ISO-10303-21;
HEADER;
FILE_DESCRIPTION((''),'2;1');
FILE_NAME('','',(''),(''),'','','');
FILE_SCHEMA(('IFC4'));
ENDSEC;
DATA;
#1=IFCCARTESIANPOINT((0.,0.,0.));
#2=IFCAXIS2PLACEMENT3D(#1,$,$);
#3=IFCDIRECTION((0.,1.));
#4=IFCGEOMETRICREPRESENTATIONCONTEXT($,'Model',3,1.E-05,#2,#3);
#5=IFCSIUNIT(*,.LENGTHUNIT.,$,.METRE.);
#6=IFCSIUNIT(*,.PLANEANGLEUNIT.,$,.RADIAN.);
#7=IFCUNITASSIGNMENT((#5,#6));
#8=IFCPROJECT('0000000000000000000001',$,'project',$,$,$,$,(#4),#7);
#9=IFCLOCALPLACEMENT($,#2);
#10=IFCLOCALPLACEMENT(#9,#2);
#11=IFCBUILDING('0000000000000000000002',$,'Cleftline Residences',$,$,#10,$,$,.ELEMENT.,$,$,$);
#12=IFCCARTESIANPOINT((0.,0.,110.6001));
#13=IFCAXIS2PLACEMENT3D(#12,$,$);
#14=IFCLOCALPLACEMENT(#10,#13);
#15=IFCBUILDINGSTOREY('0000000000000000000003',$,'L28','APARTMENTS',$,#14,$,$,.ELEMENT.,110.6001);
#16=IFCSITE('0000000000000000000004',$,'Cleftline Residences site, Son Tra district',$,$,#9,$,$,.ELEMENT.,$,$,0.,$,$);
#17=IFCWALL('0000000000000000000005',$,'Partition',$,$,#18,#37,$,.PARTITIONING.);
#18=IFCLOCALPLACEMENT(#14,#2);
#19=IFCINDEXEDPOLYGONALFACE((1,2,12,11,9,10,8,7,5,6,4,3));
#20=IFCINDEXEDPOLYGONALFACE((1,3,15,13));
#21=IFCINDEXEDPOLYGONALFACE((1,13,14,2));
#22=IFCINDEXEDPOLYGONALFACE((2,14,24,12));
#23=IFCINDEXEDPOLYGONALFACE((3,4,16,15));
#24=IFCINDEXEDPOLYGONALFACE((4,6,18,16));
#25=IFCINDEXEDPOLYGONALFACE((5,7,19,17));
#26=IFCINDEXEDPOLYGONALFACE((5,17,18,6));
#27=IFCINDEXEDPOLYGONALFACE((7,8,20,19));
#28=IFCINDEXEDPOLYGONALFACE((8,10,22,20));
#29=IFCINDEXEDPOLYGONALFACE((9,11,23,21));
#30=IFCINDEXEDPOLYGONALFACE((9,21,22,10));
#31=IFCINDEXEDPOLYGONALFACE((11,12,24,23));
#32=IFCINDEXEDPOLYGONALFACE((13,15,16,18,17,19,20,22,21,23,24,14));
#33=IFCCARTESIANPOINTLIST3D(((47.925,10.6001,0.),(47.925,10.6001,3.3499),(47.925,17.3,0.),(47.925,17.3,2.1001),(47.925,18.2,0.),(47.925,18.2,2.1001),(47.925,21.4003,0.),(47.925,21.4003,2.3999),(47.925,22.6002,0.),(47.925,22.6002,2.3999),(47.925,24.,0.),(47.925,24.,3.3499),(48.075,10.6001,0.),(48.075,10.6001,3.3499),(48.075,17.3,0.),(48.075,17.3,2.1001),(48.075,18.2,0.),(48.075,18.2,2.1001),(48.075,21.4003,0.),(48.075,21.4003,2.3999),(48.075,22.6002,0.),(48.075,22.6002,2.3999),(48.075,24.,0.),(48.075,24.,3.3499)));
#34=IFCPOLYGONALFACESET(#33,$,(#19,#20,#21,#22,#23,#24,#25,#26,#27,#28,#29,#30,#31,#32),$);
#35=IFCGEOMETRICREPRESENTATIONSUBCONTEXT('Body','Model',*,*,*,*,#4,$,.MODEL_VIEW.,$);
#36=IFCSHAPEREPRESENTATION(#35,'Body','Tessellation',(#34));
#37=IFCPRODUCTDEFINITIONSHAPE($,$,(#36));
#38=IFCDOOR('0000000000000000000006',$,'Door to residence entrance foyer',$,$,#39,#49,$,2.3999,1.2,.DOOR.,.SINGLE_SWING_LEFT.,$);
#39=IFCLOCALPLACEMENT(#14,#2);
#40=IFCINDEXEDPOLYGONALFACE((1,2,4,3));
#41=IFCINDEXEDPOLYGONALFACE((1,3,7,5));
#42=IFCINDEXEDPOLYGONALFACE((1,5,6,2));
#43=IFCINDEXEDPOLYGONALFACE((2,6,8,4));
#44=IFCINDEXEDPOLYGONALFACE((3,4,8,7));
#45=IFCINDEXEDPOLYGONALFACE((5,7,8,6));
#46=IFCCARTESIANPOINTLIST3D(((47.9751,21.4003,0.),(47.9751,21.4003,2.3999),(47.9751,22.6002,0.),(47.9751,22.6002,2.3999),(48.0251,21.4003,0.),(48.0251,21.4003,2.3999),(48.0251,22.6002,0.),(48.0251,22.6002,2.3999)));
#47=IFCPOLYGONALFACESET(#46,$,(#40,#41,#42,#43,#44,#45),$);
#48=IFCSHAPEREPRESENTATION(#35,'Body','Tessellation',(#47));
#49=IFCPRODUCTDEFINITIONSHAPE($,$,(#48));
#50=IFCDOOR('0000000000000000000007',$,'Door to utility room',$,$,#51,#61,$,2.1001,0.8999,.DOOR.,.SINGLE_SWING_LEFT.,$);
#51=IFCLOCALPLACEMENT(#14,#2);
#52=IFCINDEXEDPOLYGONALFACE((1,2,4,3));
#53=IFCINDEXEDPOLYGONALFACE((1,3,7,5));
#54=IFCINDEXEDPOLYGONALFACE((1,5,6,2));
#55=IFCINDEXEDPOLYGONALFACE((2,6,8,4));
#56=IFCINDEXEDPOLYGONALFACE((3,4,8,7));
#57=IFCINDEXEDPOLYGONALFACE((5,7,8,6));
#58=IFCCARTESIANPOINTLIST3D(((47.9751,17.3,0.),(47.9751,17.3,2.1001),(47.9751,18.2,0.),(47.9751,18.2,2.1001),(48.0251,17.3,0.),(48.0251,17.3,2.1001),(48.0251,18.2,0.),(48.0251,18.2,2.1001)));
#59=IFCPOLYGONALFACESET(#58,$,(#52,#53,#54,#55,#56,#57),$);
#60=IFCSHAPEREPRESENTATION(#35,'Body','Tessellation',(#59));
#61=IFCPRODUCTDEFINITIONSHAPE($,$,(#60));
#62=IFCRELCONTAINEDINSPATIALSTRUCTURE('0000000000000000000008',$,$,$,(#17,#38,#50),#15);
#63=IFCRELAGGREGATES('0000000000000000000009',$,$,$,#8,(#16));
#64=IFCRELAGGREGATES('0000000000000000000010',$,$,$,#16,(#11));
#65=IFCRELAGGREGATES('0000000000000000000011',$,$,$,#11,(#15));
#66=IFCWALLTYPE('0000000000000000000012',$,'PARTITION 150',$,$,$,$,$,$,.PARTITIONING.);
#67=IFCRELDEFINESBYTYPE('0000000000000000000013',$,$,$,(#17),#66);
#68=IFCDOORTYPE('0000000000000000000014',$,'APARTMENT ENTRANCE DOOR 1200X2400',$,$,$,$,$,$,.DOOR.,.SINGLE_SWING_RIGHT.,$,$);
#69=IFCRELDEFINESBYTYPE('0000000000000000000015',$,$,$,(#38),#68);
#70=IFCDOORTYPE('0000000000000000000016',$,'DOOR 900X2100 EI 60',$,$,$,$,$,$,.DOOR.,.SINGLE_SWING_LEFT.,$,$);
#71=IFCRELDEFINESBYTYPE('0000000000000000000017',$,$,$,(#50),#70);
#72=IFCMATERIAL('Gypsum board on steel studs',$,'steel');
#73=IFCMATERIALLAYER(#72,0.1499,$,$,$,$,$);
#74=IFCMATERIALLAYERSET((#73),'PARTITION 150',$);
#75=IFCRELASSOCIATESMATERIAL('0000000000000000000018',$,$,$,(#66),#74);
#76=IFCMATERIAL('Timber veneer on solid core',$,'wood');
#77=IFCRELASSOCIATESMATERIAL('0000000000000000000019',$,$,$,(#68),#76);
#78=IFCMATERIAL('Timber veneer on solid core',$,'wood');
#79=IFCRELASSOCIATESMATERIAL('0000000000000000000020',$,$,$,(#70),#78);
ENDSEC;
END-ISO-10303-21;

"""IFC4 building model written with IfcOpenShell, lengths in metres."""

from ifc_helpers import new_model, si_unit, direction, frame, frame_2d, origin, place, context, subcontext, project, spatial, rectangle, extrude, material, layer, layer_set, type_object, element, fill, save


model = new_model("IFC4")

# Units and contexts
model_context = context("Model", 3, precision=1e-05, world=origin(), true_north=direction((0.0, 1.0)))
body_context = subcontext(model_context, "Body", "Model", "MODEL_VIEW")
ifc_project = project(units=[si_unit("LENGTHUNIT", "METRE"), si_unit("PLANEANGLEUNIT", "RADIAN")], contexts=[model_context])

# Site, building, storey
site_placement = place(None, origin())
site = spatial("IfcSite", under=ifc_project, at=site_placement, Name="Cleftline Residences site, Son Tra district", CompositionType="ELEMENT", RefElevation=0.0)
building_placement = place(site_placement, origin())
building = spatial("IfcBuilding", under=site, at=building_placement, Name="Cleftline Residences", CompositionType="ELEMENT")
storey_placement = place(building_placement, frame((0.0, 0.0, 110.6001)))
storey = spatial("IfcBuildingStorey", under=building, at=storey_placement, Name="L28", Description="APARTMENTS", CompositionType="ELEMENT", Elevation=110.6001)

# Shared definitions
ifc_material_1 = material(Name="Gypsum board on steel studs", Category="steel")
ifc_layer_1 = layer(ifc_material_1, 0.1499)
ifc_layer_set_1 = layer_set([ifc_layer_1], Name="PARTITION 150")
wall_type = type_object("IfcWallType", Name="PARTITION 150", PredefinedType="PARTITIONING", material=ifc_layer_set_1)

# Wall, openings, doors
wall_1_placement = place(storey_placement, frame((48.0, 10.6001, 0.0), z_axis=(0.0, 0.0, 1.0), x_axis=(0.0, 1.0, 0.0)))
wall_1 = element("IfcWall", 1, at=wall_1_placement, inside=storey, type_object=wall_type, Name="Partition", PredefinedType="PARTITIONING", context=body_context, shape_type="SweptSolid", body=[
    extrude(rectangle(XDim=13.3999, YDim=0.1499, at=frame_2d((6.7, 0.0))), origin(), (0.0, 0.0, 1.0), 3.3499),
])
opening_1_placement = place(wall_1_placement, frame((10.8, 0.0, 0.0)))
opening_1 = element("IfcOpeningElement", 2, at=opening_1_placement, cuts=wall_1, PredefinedType="OPENING", context=body_context, shape_type="SweptSolid", body=[
    extrude(rectangle(XDim=1.2, YDim=2.3999, at=frame_2d((0.6001, 1.2))), frame((0.0, 0.085, 0.0), z_axis=(0.0, -1.0, 0.0), x_axis=(1.0, 0.0, 0.0)), (0.0, 0.0, 1.0), 0.1699),
])
opening_2_placement = place(wall_1_placement, frame((6.7, 0.0, 0.0)))
opening_2 = element("IfcOpeningElement", 3, at=opening_2_placement, cuts=wall_1, PredefinedType="OPENING", context=body_context, shape_type="SweptSolid", body=[
    extrude(rectangle(XDim=0.8999, YDim=2.1001, at=frame_2d((0.45, 1.05))), frame((0.0, 0.085, 0.0), z_axis=(0.0, -1.0, 0.0), x_axis=(1.0, 0.0, 0.0)), (0.0, 0.0, 1.0), 0.1699),
])
ifc_material_2 = material(Name="Timber veneer on solid core", Category="wood")
door_type_1 = type_object("IfcDoorType", Name="APARTMENT ENTRANCE DOOR 1200X2400", OperationType="SINGLE_SWING_RIGHT", PredefinedType="DOOR", material=ifc_material_2)
door_1_placement = place(opening_1_placement, origin())
door_1 = element("IfcDoor", 4, at=door_1_placement, inside=storey, type_object=door_type_1, Name="Door to residence entrance foyer", OperationType="SINGLE_SWING_LEFT", OverallHeight=2.3999, OverallWidth=1.2, PredefinedType="DOOR", context=body_context, shape_type="SweptSolid", body=[
    extrude(rectangle(XDim=1.2, YDim=2.3999, at=frame_2d((0.6001, 1.2))), frame((0.0, 0.0249, 0.0), z_axis=(0.0, -1.0, 0.0), x_axis=(1.0, 0.0, 0.0)), (0.0, 0.0, 1.0), 0.05),
])
fill(opening_1, door_1)
ifc_material_3 = material(Name="Timber veneer on solid core", Category="wood")
door_type_2 = type_object("IfcDoorType", Name="DOOR 900X2100 EI 60", OperationType="SINGLE_SWING_LEFT", PredefinedType="DOOR", material=ifc_material_3)
door_2_placement = place(opening_2_placement, origin())
door_2 = element("IfcDoor", 5, at=door_2_placement, inside=storey, type_object=door_type_2, Name="Door to utility room", OperationType="SINGLE_SWING_LEFT", OverallHeight=2.1001, OverallWidth=0.8999, PredefinedType="DOOR", context=body_context, shape_type="SweptSolid", body=[
    extrude(rectangle(XDim=0.8999, YDim=2.1001, at=frame_2d((0.45, 1.05))), frame((0.0, 0.0249, 0.0), z_axis=(0.0, -1.0, 0.0), x_axis=(1.0, 0.0, 0.0)), (0.0, 0.0, 1.0), 0.05),
])
fill(opening_2, door_2)

save(model, "model.ifc")
